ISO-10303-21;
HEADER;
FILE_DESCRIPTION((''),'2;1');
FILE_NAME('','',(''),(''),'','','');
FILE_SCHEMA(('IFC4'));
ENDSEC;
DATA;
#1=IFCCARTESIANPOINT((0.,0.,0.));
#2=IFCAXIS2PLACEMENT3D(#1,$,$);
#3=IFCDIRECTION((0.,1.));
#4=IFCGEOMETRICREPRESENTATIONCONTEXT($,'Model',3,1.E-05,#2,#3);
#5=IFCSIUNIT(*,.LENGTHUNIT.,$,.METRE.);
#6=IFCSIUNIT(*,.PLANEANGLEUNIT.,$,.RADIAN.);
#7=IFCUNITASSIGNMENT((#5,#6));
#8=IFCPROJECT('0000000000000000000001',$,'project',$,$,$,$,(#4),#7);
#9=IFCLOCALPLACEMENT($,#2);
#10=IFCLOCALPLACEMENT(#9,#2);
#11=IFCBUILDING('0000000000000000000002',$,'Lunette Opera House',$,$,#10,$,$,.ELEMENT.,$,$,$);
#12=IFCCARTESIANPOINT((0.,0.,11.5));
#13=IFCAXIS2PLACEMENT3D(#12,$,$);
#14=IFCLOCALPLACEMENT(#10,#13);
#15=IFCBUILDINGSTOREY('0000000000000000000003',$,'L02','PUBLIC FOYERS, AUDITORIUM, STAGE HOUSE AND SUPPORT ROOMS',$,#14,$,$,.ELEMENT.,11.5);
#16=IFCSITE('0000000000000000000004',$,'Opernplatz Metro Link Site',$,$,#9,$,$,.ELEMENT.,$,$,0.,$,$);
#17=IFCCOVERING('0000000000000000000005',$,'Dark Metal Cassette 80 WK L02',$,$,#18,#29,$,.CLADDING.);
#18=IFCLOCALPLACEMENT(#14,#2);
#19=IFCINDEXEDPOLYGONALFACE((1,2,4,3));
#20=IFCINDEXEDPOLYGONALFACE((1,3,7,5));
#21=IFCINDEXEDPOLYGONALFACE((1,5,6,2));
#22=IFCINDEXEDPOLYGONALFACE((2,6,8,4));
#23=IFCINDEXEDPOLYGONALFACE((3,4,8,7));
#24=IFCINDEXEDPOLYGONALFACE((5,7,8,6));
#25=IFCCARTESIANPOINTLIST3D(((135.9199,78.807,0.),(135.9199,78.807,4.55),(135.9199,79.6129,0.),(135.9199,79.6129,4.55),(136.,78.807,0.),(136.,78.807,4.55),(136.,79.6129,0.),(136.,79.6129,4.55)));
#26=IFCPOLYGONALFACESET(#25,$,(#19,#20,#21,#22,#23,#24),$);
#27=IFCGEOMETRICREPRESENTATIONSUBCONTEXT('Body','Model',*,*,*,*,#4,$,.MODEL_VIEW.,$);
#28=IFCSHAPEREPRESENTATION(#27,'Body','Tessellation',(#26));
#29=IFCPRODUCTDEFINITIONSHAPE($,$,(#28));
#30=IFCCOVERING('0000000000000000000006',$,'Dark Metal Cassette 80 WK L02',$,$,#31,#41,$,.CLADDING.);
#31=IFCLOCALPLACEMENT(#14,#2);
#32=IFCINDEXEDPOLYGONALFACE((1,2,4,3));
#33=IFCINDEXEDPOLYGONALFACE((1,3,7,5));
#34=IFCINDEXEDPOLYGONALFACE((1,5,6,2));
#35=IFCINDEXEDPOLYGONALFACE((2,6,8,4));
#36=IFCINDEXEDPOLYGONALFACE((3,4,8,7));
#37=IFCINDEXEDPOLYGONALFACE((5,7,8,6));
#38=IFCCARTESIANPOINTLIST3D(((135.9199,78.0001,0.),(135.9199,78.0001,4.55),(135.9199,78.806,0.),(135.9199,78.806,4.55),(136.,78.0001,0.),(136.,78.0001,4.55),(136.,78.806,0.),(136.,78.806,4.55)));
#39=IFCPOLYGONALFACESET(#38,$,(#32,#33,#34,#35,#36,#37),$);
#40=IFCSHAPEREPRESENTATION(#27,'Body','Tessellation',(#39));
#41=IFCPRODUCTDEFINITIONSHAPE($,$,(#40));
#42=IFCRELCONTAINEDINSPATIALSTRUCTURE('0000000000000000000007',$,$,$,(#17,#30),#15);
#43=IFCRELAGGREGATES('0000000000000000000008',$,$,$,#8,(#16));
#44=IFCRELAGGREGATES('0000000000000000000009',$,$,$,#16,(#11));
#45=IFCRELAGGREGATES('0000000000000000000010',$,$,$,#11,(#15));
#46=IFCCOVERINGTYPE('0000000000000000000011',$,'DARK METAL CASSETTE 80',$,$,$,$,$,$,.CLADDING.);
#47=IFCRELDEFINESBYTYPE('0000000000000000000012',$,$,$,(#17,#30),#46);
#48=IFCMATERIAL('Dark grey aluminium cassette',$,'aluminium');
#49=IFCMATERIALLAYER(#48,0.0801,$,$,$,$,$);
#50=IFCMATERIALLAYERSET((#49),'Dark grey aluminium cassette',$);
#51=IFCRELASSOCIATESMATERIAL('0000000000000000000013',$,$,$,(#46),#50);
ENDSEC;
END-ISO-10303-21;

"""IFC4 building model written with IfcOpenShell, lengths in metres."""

from ifc_helpers import new_model, si_unit, direction, frame, origin, origin_2d, place, context, subcontext, project, spatial, rectangle, extrude, material, layer, layer_set, type_object, element, save


model = new_model("IFC4")

# Units and contexts
model_context = context("Model", 3, precision=1e-05, world=origin(), true_north=direction((0.0, 1.0)))
body_context = subcontext(model_context, "Body", "Model", "MODEL_VIEW")
ifc_project = project(units=[si_unit("LENGTHUNIT", "METRE"), si_unit("PLANEANGLEUNIT", "RADIAN")], contexts=[model_context])

# Site, building, storey
site_placement = place(None, origin())
site = spatial("IfcSite", under=ifc_project, at=site_placement, Name="Opernplatz Metro Link Site", CompositionType="ELEMENT", RefElevation=0.0)
building_placement = place(site_placement, origin())
building = spatial("IfcBuilding", under=site, at=building_placement, Name="Lunette Opera House", CompositionType="ELEMENT")
storey_placement = place(building_placement, frame((0.0, 0.0, 11.5)))
storey = spatial("IfcBuildingStorey", under=building, at=storey_placement, Name="L02", Description="PUBLIC FOYERS, AUDITORIUM, STAGE HOUSE AND SUPPORT ROOMS", CompositionType="ELEMENT", Elevation=11.5)

# Coverings
ifc_material_1 = material(Name="Dark grey aluminium cassette", Category="aluminium")
ifc_layer_1 = layer(ifc_material_1, 0.0801)
ifc_layer_set_1 = layer_set([ifc_layer_1], Name="Dark grey aluminium cassette")
covering_type_1 = type_object("IfcCoveringType", Name="DARK METAL CASSETTE 80", PredefinedType="CLADDING", material=ifc_layer_set_1)
for number, where, z_axis, x_axis, name in (
    (1, (135.96, 79.21, 0.0), (0.0, 0.0, 1.0), (0.0, -1.0, 0.0), "Dark Metal Cassette 80 WK L02"),
    (2, (135.96, 78.4031, 0.0), (0.0, 0.0, 1.0), (0.0, -1.0, 0.0), "Dark Metal Cassette 80 WK L02"),
):
    element("IfcCovering", number, at=place(storey_placement, frame(where, z_axis=z_axis, x_axis=x_axis)), inside=storey, type_object=covering_type_1, Name=name, PredefinedType="CLADDING", context=body_context, shape_type="SweptSolid", body=[
        extrude(rectangle(XDim=0.8059, YDim=0.0801, at=origin_2d()), origin(), (0.0, 0.0, 1.0), 4.55),
    ])

save(model, "model.ifc")
